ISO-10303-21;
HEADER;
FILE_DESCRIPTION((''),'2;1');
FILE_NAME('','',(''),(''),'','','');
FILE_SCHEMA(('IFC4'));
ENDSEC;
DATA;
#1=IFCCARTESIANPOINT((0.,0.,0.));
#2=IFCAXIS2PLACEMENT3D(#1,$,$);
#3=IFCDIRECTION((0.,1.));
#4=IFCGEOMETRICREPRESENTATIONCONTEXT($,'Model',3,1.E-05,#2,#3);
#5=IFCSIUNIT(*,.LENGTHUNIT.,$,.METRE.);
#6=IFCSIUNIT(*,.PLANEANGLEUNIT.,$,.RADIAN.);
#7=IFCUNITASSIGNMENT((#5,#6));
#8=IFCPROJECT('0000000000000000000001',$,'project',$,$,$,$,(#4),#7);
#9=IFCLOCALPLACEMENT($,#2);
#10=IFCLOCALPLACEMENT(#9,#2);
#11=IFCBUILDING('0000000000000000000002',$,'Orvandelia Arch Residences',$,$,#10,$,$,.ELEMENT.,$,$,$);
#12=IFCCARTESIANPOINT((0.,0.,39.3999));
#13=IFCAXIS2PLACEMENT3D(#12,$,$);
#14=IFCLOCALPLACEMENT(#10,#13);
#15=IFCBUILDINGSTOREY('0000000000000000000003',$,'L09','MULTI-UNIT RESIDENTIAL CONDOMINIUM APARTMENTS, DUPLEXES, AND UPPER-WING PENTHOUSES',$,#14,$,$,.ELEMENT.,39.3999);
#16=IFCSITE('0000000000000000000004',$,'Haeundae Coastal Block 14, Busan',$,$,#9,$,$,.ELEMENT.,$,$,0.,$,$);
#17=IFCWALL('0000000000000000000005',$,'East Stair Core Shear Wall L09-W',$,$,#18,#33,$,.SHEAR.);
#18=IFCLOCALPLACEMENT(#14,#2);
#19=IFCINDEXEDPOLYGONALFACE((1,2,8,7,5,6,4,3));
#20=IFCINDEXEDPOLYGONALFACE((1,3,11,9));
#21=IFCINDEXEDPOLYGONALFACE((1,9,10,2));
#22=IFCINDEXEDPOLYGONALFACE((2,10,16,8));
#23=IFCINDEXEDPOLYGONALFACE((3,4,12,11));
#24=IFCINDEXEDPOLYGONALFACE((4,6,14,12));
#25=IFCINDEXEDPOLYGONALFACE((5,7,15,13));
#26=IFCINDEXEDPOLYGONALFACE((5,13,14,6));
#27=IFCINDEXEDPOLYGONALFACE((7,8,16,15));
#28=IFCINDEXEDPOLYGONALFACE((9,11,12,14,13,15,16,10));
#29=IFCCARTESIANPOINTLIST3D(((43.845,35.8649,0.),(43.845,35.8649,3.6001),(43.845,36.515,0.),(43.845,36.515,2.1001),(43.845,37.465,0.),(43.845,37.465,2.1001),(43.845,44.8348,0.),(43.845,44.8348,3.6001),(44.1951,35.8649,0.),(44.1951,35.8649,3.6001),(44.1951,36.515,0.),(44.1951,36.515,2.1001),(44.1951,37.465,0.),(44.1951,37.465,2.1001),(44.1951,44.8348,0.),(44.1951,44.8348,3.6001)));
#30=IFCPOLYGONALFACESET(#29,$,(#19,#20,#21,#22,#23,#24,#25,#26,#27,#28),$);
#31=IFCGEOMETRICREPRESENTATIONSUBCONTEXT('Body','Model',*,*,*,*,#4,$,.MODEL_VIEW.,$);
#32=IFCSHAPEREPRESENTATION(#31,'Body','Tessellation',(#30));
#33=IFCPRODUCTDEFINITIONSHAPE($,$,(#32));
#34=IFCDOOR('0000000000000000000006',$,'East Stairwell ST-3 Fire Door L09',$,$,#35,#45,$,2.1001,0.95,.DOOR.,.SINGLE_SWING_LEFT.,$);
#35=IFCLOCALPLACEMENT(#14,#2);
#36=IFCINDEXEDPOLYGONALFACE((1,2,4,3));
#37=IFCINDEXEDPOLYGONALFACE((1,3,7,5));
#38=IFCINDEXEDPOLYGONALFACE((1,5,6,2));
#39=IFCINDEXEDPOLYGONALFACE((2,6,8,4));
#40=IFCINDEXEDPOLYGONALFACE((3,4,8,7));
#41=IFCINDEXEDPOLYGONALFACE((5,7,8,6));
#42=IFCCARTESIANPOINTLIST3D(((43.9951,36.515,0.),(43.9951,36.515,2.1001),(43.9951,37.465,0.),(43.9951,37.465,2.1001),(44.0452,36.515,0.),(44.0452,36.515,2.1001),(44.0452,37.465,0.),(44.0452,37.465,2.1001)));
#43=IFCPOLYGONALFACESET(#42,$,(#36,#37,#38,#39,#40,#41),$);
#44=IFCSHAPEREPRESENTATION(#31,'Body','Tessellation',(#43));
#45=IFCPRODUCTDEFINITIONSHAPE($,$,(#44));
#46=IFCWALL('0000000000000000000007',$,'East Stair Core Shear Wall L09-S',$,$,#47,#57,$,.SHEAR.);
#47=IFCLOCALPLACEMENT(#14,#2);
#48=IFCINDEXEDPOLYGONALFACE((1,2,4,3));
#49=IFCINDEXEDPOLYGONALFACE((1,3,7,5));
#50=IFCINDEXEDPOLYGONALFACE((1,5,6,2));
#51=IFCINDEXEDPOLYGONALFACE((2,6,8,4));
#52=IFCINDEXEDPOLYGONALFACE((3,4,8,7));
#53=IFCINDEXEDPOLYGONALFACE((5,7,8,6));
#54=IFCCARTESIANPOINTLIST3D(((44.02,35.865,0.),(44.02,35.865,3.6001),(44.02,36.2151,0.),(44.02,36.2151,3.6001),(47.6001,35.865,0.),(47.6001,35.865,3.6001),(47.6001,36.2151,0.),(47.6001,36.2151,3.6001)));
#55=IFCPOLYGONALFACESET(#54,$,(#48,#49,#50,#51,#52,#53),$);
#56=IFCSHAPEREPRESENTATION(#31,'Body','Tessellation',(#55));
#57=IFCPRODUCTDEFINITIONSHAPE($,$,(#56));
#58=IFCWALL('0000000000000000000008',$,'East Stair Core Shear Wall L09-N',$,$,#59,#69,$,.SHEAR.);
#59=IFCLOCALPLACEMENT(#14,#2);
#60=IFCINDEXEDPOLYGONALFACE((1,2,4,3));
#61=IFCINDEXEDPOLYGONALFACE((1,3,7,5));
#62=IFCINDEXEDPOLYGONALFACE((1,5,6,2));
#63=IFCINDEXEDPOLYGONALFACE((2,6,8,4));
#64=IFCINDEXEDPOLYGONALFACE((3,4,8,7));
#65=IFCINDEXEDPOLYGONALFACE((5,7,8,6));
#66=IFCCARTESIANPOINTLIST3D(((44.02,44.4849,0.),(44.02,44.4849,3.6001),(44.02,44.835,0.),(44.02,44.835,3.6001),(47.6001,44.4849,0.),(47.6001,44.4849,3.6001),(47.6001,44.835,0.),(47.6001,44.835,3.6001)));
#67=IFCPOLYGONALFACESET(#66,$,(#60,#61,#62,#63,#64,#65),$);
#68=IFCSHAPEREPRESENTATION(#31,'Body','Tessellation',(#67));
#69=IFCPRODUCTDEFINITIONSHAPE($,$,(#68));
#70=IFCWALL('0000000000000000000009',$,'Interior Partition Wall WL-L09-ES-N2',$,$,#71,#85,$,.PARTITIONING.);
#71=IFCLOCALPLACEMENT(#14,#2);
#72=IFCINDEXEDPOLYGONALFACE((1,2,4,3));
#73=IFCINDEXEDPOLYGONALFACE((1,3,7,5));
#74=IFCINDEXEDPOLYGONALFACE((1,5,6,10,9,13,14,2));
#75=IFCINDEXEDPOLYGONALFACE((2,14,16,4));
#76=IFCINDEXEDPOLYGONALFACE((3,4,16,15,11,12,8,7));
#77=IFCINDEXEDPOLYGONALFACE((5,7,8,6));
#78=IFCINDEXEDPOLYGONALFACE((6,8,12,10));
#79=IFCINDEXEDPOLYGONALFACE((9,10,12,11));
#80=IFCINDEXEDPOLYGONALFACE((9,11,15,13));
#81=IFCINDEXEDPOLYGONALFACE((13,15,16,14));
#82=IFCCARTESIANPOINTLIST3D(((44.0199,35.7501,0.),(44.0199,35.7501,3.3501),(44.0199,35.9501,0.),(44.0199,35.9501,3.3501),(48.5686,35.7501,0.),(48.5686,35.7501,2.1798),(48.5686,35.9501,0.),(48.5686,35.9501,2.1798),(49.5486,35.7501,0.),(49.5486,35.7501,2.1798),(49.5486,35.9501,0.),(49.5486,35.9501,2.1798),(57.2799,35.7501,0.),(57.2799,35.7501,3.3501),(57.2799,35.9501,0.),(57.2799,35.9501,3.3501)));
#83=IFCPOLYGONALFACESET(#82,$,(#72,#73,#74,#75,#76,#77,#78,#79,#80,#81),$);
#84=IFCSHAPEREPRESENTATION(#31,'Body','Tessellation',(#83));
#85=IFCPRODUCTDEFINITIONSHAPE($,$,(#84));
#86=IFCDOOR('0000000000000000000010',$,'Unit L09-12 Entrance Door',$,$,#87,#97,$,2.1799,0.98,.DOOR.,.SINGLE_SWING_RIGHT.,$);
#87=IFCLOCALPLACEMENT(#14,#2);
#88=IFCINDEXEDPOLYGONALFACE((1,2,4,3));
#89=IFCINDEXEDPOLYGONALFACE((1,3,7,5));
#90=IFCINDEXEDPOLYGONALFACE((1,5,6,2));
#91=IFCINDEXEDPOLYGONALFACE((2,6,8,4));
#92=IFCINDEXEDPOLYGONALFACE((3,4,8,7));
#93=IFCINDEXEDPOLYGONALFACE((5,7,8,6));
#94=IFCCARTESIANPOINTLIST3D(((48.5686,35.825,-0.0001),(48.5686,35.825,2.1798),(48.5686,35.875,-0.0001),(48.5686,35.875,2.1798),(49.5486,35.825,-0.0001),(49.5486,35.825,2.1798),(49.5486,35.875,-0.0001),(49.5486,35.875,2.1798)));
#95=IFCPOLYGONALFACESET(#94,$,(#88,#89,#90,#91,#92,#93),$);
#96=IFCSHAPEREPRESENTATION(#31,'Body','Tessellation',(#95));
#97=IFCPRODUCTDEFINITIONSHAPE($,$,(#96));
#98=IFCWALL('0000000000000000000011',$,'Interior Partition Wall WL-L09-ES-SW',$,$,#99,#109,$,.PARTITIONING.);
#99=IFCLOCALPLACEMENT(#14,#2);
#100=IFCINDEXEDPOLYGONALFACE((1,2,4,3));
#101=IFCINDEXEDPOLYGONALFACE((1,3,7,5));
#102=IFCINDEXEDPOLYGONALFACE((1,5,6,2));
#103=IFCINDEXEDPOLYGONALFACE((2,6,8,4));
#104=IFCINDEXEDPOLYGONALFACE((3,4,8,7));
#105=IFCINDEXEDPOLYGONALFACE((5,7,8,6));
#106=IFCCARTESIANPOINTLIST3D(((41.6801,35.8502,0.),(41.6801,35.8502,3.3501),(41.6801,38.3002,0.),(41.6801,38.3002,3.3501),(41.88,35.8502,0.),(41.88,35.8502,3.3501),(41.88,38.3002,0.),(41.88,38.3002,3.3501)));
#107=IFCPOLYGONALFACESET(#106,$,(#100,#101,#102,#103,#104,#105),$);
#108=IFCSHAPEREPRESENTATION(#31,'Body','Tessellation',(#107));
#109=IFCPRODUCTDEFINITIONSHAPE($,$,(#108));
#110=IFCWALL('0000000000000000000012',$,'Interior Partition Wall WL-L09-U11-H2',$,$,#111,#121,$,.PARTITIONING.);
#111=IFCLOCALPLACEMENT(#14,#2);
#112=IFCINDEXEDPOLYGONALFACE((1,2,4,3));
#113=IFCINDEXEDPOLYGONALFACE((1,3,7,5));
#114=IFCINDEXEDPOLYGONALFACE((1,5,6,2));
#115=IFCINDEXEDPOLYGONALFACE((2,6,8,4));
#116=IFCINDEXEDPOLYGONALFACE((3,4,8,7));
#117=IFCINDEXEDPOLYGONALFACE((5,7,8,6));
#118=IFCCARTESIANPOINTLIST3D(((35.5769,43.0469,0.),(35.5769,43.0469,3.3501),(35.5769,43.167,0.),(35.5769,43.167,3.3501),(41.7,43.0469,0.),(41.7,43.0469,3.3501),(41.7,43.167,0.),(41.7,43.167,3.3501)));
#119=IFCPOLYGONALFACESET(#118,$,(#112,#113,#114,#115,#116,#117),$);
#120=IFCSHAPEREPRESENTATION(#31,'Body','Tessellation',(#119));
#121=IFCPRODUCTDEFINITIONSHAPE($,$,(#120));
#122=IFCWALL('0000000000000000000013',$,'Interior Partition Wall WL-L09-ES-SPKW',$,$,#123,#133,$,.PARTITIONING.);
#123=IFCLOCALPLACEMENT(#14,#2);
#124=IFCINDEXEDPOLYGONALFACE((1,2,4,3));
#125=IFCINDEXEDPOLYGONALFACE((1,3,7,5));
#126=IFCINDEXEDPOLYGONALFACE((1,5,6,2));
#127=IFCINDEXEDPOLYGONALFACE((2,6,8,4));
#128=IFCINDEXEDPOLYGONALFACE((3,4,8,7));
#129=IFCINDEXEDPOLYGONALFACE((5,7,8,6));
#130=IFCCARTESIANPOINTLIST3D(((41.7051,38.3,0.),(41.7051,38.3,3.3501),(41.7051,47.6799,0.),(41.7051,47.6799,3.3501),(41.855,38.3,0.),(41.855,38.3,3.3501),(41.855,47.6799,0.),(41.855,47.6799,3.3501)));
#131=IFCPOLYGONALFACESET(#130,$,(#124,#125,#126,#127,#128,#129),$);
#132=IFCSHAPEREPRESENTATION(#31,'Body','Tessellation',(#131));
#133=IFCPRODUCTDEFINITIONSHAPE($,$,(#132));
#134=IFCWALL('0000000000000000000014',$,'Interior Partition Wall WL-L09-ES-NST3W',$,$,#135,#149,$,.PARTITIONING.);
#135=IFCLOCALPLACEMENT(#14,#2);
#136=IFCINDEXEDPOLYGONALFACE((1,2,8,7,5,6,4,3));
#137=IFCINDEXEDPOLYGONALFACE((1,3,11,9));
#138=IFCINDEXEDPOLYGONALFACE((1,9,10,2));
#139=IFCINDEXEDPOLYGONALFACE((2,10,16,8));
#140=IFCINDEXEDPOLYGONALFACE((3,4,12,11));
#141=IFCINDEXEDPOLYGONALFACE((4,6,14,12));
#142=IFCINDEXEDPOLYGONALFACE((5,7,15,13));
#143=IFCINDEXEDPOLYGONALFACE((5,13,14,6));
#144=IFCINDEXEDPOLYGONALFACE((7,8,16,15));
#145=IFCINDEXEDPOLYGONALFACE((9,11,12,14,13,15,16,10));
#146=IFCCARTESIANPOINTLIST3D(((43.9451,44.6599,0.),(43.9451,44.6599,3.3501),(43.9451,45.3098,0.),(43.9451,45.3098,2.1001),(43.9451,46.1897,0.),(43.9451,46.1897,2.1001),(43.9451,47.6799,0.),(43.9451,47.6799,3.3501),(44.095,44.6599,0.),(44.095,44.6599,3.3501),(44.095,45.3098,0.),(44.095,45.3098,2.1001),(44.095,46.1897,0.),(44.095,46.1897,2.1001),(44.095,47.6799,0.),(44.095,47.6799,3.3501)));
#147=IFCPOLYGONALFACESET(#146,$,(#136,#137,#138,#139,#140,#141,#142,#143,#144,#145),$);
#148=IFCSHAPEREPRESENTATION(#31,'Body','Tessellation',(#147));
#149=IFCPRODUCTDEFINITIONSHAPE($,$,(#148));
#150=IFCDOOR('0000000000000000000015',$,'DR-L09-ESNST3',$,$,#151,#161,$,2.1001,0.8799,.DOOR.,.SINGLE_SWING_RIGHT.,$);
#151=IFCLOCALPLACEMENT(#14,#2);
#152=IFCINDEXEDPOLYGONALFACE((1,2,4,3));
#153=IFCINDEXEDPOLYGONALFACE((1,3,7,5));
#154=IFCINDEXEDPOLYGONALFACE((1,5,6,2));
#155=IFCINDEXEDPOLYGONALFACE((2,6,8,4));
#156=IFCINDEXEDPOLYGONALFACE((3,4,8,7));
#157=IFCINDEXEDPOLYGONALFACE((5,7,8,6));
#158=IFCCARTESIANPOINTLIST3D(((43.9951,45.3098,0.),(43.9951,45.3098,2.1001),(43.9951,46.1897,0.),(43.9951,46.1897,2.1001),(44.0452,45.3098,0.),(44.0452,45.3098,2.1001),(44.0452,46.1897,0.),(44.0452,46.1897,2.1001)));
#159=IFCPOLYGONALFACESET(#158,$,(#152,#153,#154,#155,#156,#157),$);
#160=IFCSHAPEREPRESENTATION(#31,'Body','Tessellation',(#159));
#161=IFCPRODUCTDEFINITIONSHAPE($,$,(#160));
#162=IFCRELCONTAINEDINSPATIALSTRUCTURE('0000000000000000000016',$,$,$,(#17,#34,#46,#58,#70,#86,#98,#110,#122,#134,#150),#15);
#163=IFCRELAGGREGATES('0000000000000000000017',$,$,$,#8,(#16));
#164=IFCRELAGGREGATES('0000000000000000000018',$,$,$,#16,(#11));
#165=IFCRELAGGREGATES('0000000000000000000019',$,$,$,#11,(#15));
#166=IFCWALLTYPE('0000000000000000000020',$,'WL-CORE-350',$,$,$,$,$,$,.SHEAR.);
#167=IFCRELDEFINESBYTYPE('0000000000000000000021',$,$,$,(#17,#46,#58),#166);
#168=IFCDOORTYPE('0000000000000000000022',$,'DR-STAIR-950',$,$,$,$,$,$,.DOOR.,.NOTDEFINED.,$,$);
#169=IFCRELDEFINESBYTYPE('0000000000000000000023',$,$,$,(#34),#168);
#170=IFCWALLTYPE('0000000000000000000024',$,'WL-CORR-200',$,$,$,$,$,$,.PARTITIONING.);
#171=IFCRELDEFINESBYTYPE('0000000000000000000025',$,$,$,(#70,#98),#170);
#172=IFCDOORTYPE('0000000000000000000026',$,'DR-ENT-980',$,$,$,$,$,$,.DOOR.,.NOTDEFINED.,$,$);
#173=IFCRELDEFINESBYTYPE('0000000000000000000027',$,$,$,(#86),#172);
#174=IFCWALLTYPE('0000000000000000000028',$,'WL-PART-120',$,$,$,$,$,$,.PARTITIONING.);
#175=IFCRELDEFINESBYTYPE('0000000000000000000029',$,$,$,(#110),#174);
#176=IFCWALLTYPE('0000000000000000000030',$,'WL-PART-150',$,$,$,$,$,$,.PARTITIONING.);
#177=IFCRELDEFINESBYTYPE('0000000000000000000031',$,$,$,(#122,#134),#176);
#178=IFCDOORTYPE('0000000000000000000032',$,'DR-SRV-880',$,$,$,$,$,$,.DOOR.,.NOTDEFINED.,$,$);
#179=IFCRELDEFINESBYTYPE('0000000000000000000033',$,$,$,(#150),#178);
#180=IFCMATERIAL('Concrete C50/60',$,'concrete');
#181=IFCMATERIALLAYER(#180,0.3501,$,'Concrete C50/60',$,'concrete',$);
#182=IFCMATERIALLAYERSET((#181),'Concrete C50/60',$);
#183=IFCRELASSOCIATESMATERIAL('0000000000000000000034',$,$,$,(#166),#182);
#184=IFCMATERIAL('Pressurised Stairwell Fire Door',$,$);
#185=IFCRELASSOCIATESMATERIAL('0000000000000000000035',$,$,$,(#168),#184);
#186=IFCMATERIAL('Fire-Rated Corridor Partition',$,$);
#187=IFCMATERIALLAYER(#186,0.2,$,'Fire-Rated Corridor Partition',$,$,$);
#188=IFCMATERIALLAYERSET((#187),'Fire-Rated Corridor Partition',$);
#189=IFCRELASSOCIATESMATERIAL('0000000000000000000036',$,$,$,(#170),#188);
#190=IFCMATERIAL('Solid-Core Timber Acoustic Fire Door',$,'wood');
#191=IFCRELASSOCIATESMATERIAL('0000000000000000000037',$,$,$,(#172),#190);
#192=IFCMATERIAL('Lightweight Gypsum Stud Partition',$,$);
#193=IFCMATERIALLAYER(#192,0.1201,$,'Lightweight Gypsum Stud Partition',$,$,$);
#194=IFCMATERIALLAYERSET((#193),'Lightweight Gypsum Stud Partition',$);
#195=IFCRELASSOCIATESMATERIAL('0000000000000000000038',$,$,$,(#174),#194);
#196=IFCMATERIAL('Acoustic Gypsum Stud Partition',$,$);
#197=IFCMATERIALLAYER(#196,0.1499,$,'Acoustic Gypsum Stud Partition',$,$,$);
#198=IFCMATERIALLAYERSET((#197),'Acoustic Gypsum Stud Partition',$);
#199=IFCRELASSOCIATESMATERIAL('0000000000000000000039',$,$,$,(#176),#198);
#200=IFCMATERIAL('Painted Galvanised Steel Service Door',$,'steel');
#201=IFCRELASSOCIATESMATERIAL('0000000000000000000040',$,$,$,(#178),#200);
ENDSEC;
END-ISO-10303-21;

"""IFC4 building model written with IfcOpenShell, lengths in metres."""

from ifc_helpers import new_model, si_unit, direction, frame, frame_2d, origin, place, context, subcontext, project, spatial, rectangle, extrude, material, layer, layer_set, type_object, element, fill, save


model = new_model("IFC4")

# Units and contexts
model_context = context("Model", 3, precision=1e-05, world=origin(), true_north=direction((0.0, 1.0)))
body_context = subcontext(model_context, "Body", "Model", "MODEL_VIEW")
ifc_project = project(units=[si_unit("LENGTHUNIT", "METRE"), si_unit("PLANEANGLEUNIT", "RADIAN")], contexts=[model_context])

# Site, building, storey
site_placement = place(None, origin())
site = spatial("IfcSite", under=ifc_project, at=site_placement, Name="Haeundae Coastal Block 14, Busan", CompositionType="ELEMENT", RefElevation=0.0)
building_placement = place(site_placement, origin())
building = spatial("IfcBuilding", under=site, at=building_placement, Name="Orvandelia Arch Residences", CompositionType="ELEMENT")
storey_placement = place(building_placement, frame((0.0, 0.0, 39.3999)))
storey = spatial("IfcBuildingStorey", under=building, at=storey_placement, Name="L09", Description="MULTI-UNIT RESIDENTIAL CONDOMINIUM APARTMENTS, DUPLEXES, AND UPPER-WING PENTHOUSES", CompositionType="ELEMENT", Elevation=39.3999)

# Wall, opening, door
ifc_material_1 = material(Name="Concrete C50/60", Category="concrete")
ifc_layer_1 = layer(ifc_material_1, 0.3501, Name="Concrete C50/60", Category="concrete")
ifc_layer_set_1 = layer_set([ifc_layer_1], Name="Concrete C50/60")
wall_type_1 = type_object("IfcWallType", Name="WL-CORE-350", PredefinedType="SHEAR", material=ifc_layer_set_1)
wall_1_placement = place(storey_placement, frame((44.02, 35.865, 0.0), z_axis=(0.0, 0.0, 1.0), x_axis=(0.0, 1.0, 0.0)))
wall_1 = element("IfcWall", 1, at=wall_1_placement, inside=storey, type_object=wall_type_1, Name="East Stair Core Shear Wall L09-W", PredefinedType="SHEAR", context=body_context, shape_type="SweptSolid", body=[
    extrude(rectangle(XDim=8.97, YDim=0.3501, at=frame_2d((4.4849, 0.0))), origin(), (0.0, 0.0, 1.0), 3.6001),
])
opening_1_placement = place(wall_1_placement, frame((0.6499, 0.0, 0.0)))
opening_1 = element("IfcOpeningElement", 2, at=opening_1_placement, cuts=wall_1, PredefinedType="OPENING", context=body_context, shape_type="SweptSolid", body=[
    extrude(rectangle(XDim=0.95, YDim=2.1001, at=frame_2d((0.4751, 1.05))), frame((0.0, 0.1851, 0.0), z_axis=(0.0, -1.0, 0.0), x_axis=(1.0, 0.0, 0.0)), (0.0, 0.0, 1.0), 0.3701),
])
ifc_material_2 = material(Name="Pressurised Stairwell Fire Door")
door_type_1 = type_object("IfcDoorType", Name="DR-STAIR-950", OperationType="NOTDEFINED", PredefinedType="DOOR", material=ifc_material_2)
door_1_placement = place(opening_1_placement, origin())
door_1 = element("IfcDoor", 3, at=door_1_placement, inside=storey, type_object=door_type_1, Name="East Stairwell ST-3 Fire Door L09", OperationType="SINGLE_SWING_LEFT", OverallHeight=2.1001, OverallWidth=0.95, PredefinedType="DOOR", context=body_context, shape_type="SweptSolid", body=[
    extrude(rectangle(XDim=0.95, YDim=2.1001, at=frame_2d((0.4751, 1.05))), frame((0.0, 0.0249, 0.0), z_axis=(0.0, -1.0, 0.0), x_axis=(1.0, 0.0, 0.0)), (0.0, 0.0, 1.0), 0.05),
])
fill(opening_1, door_1)

# Walls
for number, where, z_axis, x_axis, name in (
    (4, (44.02, 36.04, 0.0), (0.0, 0.0, 1.0), (1.0, 0.0, 0.0), "East Stair Core Shear Wall L09-S"),
    (5, (44.02, 44.6599, 0.0), (0.0, 0.0, 1.0), (1.0, 0.0, 0.0), "East Stair Core Shear Wall L09-N"),
):
    element("IfcWall", number, at=place(storey_placement, frame(where, z_axis=z_axis, x_axis=x_axis)), inside=storey, type_object=wall_type_1, Name=name, PredefinedType="SHEAR", context=body_context, shape_type="SweptSolid", body=[
        extrude(rectangle(XDim=3.5801, YDim=0.3501, at=frame_2d((1.79, 0.0))), origin(), (0.0, 0.0, 1.0), 3.6001),
    ])

# Wall, opening, door
ifc_material_3 = material(Name="Fire-Rated Corridor Partition")
ifc_layer_2 = layer(ifc_material_3, 0.2, Name="Fire-Rated Corridor Partition")
ifc_layer_set_2 = layer_set([ifc_layer_2], Name="Fire-Rated Corridor Partition")
wall_type_2 = type_object("IfcWallType", Name="WL-CORR-200", PredefinedType="PARTITIONING", material=ifc_layer_set_2)
wall_2_placement = place(storey_placement, frame((44.02, 35.8501, 0.0), z_axis=(0.0, 0.0, 1.0), x_axis=(1.0, 0.0, 0.0)))
wall_2 = element("IfcWall", 6, at=wall_2_placement, inside=storey, type_object=wall_type_2, Name="Interior Partition Wall WL-L09-ES-N2", PredefinedType="PARTITIONING", context=body_context, shape_type="SweptSolid", body=[
    extrude(rectangle(XDim=13.26, YDim=0.2, at=frame_2d((6.6299, 0.0))), origin(), (0.0, 0.0, 1.0), 3.3501),
])
opening_2_placement = place(wall_2_placement, frame((4.5486, 0.0, 0.0)))
opening_2 = element("IfcOpeningElement", 7, at=opening_2_placement, cuts=wall_2, PredefinedType="OPENING", context=body_context, shape_type="SweptSolid", body=[
    extrude(rectangle(XDim=0.98, YDim=2.1799, at=frame_2d((0.49, 1.0898))), frame((0.0, 0.1099, 0.0), z_axis=(0.0, -1.0, 0.0), x_axis=(1.0, 0.0, 0.0)), (0.0, 0.0, 1.0), 0.22),
])
ifc_material_4 = material(Name="Solid-Core Timber Acoustic Fire Door", Category="wood")
door_type_2 = type_object("IfcDoorType", Name="DR-ENT-980", OperationType="NOTDEFINED", PredefinedType="DOOR", material=ifc_material_4)
door_2_placement = place(opening_2_placement, origin())
door_2 = element("IfcDoor", 8, at=door_2_placement, inside=storey, type_object=door_type_2, Name="Unit L09-12 Entrance Door", OperationType="SINGLE_SWING_RIGHT", OverallHeight=2.1799, OverallWidth=0.98, PredefinedType="DOOR", context=body_context, shape_type="SweptSolid", body=[
    extrude(rectangle(XDim=0.98, YDim=2.1799, at=frame_2d((0.49, 1.0898))), frame((0.0, 0.0249, 0.0), z_axis=(0.0, -1.0, 0.0), x_axis=(1.0, 0.0, 0.0)), (0.0, 0.0, 1.0), 0.05),
])
fill(opening_2, door_2)

# Wall
wall_3_placement = place(storey_placement, frame((41.78, 35.8501, 0.0), z_axis=(0.0, 0.0, 1.0), x_axis=(0.0, 1.0, 0.0)))
element("IfcWall", 9, at=wall_3_placement, inside=storey, type_object=wall_type_2, Name="Interior Partition Wall WL-L09-ES-SW", PredefinedType="PARTITIONING", context=body_context, shape_type="SweptSolid", body=[
    extrude(rectangle(XDim=2.45, YDim=0.2, at=frame_2d((1.2251, 0.0))), origin(), (0.0, 0.0, 1.0), 3.3501),
])

# Walls
ifc_material_5 = material(Name="Lightweight Gypsum Stud Partition")
ifc_layer_3 = layer(ifc_material_5, 0.1201, Name="Lightweight Gypsum Stud Partition")
ifc_layer_set_3 = layer_set([ifc_layer_3], Name="Lightweight Gypsum Stud Partition")
wall_type_3 = type_object("IfcWallType", Name="WL-PART-120", PredefinedType="PARTITIONING", material=ifc_layer_set_3)
wall_4_placement = place(storey_placement, frame((35.5769, 43.1069, 0.0), z_axis=(0.0, 0.0, 1.0), x_axis=(1.0, 0.0, 0.0)))
element("IfcWall", 10, at=wall_4_placement, inside=storey, type_object=wall_type_3, Name="Interior Partition Wall WL-L09-U11-H2", PredefinedType="PARTITIONING", context=body_context, shape_type="SweptSolid", body=[
    extrude(rectangle(XDim=6.123, YDim=0.1201, at=frame_2d((3.0615, 0.0))), origin(), (0.0, 0.0, 1.0), 3.3501),
])
ifc_material_6 = material(Name="Acoustic Gypsum Stud Partition")
ifc_layer_4 = layer(ifc_material_6, 0.1499, Name="Acoustic Gypsum Stud Partition")
ifc_layer_set_4 = layer_set([ifc_layer_4], Name="Acoustic Gypsum Stud Partition")
wall_type_4 = type_object("IfcWallType", Name="WL-PART-150", PredefinedType="PARTITIONING", material=ifc_layer_set_4)
wall_5_placement = place(storey_placement, frame((41.78, 38.3, 0.0), z_axis=(0.0, 0.0, 1.0), x_axis=(0.0, 1.0, 0.0)))
element("IfcWall", 11, at=wall_5_placement, inside=storey, type_object=wall_type_4, Name="Interior Partition Wall WL-L09-ES-SPKW", PredefinedType="PARTITIONING", context=body_context, shape_type="SweptSolid", body=[
    extrude(rectangle(XDim=9.3799, YDim=0.1499, at=frame_2d((4.6899, 0.0))), origin(), (0.0, 0.0, 1.0), 3.3501),
])

# Wall, opening, door
wall_6_placement = place(storey_placement, frame((44.02, 44.6599, 0.0), z_axis=(0.0, 0.0, 1.0), x_axis=(0.0, 1.0, 0.0)))
wall_6 = element("IfcWall", 12, at=wall_6_placement, inside=storey, type_object=wall_type_4, Name="Interior Partition Wall WL-L09-ES-NST3W", PredefinedType="PARTITIONING", context=body_context, shape_type="SweptSolid", body=[
    extrude(rectangle(XDim=3.02, YDim=0.1499, at=frame_2d((1.51, 0.0))), origin(), (0.0, 0.0, 1.0), 3.3501),
])
opening_3_placement = place(wall_6_placement, frame((0.6499, 0.0, 0.0)))
opening_3 = element("IfcOpeningElement", 13, at=opening_3_placement, cuts=wall_6, PredefinedType="OPENING", context=body_context, shape_type="SweptSolid", body=[
    extrude(rectangle(XDim=0.8799, YDim=2.1001, at=frame_2d((0.4399, 1.05))), frame((0.0, 0.085, 0.0), z_axis=(0.0, -1.0, 0.0), x_axis=(1.0, 0.0, 0.0)), (0.0, 0.0, 1.0), 0.1699),
])
ifc_material_7 = material(Name="Painted Galvanised Steel Service Door", Category="steel")
door_type_3 = type_object("IfcDoorType", Name="DR-SRV-880", OperationType="NOTDEFINED", PredefinedType="DOOR", material=ifc_material_7)
door_3_placement = place(opening_3_placement, origin())
door_3 = element("IfcDoor", 14, at=door_3_placement, inside=storey, type_object=door_type_3, Name="DR-L09-ESNST3", OperationType="SINGLE_SWING_RIGHT", OverallHeight=2.1001, OverallWidth=0.8799, PredefinedType="DOOR", context=body_context, shape_type="SweptSolid", body=[
    extrude(rectangle(XDim=0.8799, YDim=2.1001, at=frame_2d((0.4399, 1.05))), frame((0.0, 0.0249, 0.0), z_axis=(0.0, -1.0, 0.0), x_axis=(1.0, 0.0, 0.0)), (0.0, 0.0, 1.0), 0.05),
])
fill(opening_3, door_3)

save(model, "model.ifc")
